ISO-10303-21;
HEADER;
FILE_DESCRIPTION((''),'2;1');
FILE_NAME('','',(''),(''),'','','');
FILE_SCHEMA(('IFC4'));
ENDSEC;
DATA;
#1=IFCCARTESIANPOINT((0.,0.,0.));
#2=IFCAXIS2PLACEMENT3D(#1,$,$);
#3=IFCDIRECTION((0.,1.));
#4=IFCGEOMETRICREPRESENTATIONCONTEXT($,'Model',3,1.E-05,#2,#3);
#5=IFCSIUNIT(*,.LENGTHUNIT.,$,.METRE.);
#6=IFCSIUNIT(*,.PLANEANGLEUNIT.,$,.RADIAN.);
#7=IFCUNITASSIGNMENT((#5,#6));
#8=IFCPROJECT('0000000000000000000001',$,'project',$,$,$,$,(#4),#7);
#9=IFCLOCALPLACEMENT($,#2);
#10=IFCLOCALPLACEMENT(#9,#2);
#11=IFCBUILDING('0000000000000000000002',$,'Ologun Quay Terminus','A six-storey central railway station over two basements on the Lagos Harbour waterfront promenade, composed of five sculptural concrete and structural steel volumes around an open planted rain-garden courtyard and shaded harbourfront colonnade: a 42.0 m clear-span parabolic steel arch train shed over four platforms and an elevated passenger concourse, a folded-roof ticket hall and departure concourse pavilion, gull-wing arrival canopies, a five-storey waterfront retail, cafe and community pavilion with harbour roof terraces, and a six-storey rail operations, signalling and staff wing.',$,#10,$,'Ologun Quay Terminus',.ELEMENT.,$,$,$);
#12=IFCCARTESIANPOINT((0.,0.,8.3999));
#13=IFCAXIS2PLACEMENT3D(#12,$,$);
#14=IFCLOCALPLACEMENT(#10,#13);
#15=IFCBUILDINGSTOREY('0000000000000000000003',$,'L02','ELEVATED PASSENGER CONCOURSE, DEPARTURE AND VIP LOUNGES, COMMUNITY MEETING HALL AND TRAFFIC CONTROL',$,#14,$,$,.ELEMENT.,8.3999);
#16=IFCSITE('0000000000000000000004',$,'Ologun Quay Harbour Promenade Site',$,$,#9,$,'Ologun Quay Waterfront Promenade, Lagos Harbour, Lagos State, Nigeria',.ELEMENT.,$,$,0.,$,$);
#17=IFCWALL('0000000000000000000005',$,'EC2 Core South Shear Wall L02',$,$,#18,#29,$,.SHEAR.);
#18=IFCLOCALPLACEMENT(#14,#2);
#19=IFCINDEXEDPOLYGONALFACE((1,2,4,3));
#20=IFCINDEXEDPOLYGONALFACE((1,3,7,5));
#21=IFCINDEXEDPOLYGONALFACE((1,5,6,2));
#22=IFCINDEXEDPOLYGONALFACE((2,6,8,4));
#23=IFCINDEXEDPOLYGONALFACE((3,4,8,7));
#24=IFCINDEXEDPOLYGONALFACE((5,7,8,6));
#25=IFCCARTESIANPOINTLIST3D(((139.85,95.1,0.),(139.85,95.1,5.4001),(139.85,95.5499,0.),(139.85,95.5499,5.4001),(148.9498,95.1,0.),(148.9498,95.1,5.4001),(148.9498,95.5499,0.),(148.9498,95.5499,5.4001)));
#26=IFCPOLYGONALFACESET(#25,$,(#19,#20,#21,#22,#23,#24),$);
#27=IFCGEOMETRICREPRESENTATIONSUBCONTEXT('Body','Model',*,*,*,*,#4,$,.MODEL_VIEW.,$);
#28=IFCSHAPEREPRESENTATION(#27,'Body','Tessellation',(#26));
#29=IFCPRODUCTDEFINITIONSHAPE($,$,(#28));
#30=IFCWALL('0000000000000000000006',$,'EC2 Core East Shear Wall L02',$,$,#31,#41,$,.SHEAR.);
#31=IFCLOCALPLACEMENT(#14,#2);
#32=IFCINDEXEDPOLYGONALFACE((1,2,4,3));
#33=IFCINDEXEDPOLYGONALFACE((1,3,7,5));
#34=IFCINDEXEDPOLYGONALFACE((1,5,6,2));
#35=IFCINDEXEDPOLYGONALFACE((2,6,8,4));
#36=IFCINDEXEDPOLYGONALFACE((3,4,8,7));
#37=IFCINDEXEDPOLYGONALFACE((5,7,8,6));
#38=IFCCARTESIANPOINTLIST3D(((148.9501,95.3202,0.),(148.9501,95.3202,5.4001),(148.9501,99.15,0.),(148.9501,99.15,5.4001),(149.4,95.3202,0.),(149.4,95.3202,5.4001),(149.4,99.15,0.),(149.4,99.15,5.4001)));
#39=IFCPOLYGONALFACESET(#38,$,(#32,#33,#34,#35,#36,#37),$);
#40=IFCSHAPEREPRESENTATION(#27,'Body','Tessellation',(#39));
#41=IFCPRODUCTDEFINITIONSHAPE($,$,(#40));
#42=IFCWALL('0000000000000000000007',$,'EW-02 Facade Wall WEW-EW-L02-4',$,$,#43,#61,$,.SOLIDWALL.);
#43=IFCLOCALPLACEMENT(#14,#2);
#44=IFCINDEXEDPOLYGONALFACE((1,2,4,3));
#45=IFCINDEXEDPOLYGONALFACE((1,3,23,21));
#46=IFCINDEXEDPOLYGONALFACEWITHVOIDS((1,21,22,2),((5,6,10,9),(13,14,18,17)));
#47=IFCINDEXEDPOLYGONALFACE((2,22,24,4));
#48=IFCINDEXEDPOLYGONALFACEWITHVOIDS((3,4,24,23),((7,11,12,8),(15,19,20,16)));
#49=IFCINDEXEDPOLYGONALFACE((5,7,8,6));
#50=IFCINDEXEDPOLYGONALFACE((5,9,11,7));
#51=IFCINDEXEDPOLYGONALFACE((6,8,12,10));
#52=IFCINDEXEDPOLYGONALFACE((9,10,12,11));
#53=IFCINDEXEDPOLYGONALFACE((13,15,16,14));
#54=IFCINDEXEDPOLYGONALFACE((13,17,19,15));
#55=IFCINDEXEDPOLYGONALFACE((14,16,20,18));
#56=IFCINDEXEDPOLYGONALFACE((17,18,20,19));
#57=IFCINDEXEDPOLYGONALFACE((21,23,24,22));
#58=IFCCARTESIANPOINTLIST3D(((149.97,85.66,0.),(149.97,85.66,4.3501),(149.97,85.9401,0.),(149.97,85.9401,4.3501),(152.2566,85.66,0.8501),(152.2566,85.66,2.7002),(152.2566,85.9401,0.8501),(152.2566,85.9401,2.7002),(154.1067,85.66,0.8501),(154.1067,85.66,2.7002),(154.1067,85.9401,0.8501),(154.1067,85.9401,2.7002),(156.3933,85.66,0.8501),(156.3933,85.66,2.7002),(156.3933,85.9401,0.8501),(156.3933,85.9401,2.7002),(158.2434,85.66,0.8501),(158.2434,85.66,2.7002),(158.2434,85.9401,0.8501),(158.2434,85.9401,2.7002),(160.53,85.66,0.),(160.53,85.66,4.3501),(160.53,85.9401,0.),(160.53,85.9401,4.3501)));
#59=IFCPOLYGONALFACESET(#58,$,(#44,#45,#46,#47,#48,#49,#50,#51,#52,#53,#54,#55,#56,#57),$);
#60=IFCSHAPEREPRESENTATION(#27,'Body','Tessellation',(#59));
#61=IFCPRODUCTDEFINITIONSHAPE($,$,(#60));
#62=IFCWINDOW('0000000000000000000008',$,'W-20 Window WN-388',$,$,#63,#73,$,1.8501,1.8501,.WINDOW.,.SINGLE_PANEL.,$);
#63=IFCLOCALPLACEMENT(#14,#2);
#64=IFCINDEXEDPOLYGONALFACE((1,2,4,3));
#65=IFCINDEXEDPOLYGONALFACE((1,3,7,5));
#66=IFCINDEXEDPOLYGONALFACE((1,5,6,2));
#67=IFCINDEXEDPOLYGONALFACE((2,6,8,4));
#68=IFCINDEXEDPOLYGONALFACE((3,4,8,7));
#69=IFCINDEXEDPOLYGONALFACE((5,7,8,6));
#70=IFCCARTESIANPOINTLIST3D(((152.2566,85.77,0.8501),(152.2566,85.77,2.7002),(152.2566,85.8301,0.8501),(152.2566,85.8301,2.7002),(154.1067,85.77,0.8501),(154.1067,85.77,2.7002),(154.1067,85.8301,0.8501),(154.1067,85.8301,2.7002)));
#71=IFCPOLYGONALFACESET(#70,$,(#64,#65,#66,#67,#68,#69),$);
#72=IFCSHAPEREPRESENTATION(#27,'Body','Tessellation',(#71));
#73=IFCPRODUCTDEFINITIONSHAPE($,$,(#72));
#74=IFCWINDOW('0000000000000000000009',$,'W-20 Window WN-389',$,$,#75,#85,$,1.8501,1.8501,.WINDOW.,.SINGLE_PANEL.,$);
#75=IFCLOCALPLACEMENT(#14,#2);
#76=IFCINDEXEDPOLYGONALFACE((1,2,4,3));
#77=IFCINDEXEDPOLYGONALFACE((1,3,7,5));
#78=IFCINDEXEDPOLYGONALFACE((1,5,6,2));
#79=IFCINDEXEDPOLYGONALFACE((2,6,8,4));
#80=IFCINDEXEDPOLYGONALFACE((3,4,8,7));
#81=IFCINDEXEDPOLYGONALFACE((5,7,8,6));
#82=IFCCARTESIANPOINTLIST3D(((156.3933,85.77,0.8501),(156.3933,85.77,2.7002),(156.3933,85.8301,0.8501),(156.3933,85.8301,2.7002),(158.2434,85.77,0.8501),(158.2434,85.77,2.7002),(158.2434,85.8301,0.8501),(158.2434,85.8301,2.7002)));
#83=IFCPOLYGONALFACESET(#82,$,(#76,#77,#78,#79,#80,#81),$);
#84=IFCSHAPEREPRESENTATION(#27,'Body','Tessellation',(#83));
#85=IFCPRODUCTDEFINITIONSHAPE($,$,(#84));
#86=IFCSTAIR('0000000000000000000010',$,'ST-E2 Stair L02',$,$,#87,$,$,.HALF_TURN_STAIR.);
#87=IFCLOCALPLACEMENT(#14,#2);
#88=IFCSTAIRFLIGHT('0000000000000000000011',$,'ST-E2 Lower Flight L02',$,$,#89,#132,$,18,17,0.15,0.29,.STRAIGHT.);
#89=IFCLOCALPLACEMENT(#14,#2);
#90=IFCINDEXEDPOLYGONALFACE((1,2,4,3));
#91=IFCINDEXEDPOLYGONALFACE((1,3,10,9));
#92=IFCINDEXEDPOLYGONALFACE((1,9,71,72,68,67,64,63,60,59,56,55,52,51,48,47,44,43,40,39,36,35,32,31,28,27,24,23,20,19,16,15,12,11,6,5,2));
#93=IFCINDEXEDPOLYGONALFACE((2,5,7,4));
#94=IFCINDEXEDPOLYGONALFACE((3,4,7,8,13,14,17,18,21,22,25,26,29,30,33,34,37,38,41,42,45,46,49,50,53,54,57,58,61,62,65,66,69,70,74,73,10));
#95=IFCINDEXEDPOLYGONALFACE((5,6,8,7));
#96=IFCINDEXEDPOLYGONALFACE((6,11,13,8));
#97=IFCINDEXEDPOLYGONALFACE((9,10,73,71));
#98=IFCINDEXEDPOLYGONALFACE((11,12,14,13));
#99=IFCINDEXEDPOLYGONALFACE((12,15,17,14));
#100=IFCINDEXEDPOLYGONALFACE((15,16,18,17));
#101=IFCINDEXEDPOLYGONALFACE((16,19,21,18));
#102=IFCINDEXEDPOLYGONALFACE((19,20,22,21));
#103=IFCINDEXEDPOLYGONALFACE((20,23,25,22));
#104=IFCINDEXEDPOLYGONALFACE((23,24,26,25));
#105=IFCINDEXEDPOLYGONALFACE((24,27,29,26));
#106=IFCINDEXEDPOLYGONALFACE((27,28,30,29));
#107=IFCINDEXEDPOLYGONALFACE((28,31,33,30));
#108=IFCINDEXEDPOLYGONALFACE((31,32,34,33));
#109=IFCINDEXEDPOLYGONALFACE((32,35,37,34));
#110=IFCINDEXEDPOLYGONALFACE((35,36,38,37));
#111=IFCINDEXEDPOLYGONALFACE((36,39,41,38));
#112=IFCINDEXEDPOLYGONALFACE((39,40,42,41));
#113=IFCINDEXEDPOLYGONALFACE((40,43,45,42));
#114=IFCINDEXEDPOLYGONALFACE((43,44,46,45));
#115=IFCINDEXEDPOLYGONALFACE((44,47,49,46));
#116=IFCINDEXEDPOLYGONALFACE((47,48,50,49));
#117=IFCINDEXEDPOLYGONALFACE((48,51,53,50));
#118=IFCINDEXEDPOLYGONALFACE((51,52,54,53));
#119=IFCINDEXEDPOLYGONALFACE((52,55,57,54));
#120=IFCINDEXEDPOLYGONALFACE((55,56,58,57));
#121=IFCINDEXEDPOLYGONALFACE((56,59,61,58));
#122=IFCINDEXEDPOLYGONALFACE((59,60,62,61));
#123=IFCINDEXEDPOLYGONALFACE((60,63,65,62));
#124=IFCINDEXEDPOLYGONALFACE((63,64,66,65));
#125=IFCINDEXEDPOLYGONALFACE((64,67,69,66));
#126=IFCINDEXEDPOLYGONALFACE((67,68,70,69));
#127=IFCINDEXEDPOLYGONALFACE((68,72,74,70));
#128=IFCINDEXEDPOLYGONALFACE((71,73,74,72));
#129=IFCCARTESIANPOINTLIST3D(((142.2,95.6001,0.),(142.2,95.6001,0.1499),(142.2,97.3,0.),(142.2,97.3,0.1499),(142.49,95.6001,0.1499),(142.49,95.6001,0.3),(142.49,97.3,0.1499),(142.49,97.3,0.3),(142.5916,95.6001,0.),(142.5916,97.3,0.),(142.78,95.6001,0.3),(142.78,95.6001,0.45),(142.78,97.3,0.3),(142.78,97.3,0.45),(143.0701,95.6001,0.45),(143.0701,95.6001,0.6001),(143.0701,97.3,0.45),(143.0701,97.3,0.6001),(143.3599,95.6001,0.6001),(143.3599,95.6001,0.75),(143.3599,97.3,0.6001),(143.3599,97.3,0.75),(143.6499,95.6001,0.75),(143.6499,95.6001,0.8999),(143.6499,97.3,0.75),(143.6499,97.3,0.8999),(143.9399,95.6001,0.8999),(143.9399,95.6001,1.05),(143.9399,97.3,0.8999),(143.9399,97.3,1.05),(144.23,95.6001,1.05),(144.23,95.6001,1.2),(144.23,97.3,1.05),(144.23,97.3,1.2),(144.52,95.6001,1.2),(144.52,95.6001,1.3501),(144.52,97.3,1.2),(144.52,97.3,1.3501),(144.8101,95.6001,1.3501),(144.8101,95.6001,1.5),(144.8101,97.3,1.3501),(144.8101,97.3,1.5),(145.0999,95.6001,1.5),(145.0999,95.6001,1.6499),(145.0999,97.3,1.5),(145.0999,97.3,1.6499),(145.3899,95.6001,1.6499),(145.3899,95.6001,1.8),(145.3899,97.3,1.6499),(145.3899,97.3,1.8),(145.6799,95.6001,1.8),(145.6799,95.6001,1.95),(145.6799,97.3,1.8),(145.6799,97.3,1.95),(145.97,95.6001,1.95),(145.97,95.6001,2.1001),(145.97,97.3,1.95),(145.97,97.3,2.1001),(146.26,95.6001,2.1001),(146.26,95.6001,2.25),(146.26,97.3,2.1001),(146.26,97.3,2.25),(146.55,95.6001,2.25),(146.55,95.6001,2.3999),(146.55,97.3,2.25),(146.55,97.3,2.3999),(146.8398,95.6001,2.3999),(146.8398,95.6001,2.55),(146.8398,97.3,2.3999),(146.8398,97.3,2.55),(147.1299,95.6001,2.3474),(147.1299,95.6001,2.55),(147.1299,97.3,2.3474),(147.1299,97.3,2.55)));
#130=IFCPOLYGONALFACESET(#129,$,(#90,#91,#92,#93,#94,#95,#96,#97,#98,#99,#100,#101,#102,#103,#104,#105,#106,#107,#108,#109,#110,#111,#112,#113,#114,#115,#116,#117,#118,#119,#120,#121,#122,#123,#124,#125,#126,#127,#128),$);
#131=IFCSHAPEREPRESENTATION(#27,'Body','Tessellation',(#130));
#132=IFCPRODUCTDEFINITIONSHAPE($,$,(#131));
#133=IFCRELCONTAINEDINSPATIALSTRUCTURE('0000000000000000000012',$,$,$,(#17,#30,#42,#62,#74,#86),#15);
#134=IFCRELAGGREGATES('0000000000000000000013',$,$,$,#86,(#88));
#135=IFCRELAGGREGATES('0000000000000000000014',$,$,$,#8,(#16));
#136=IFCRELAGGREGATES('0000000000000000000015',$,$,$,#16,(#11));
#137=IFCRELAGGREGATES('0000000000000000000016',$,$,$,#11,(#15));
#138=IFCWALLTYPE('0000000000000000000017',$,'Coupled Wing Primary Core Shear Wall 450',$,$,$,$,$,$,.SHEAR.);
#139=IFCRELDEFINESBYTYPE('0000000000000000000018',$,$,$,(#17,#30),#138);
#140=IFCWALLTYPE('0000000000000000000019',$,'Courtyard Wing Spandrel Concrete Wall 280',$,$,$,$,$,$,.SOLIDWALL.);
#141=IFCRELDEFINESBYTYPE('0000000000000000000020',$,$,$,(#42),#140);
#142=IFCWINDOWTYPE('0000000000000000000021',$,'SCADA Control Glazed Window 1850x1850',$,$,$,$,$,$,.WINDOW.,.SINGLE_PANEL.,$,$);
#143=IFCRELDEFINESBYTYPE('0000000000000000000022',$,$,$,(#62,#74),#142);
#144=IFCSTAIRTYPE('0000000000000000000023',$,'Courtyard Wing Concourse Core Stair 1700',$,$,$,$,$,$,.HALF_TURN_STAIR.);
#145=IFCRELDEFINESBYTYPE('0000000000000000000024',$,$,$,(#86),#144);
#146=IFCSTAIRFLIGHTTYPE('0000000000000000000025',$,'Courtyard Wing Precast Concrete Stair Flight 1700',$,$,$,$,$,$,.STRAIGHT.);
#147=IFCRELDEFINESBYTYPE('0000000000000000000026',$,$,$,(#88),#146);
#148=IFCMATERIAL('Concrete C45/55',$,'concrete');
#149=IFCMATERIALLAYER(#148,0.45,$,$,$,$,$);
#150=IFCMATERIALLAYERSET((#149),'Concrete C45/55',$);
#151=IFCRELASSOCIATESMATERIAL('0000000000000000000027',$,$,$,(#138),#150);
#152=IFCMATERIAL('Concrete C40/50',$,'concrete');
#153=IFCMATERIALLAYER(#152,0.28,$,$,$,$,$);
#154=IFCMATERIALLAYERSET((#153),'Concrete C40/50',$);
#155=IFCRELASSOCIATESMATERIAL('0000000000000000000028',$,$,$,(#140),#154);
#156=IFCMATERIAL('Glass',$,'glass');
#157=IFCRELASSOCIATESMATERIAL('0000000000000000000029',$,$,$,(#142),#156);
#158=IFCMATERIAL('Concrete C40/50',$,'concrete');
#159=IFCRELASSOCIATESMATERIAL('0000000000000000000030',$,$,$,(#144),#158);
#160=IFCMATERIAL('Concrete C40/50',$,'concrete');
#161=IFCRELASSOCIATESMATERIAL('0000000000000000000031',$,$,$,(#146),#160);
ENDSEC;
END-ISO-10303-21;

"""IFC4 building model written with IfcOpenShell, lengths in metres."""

from ifc_helpers import new_model, si_unit, direction, frame, frame_2d, origin, place, context, subcontext, project, spatial, polyline, rectangle, outline, extrude, material, layer, layer_set, type_object, element, fill, aggregate, save


model = new_model("IFC4")

# Units and contexts
model_context = context("Model", 3, precision=1e-05, world=origin(), true_north=direction((0.0, 1.0)))
body_context = subcontext(model_context, "Body", "Model", "MODEL_VIEW")
ifc_project = project(units=[si_unit("LENGTHUNIT", "METRE"), si_unit("PLANEANGLEUNIT", "RADIAN")], contexts=[model_context])

# Site, building, storey
site_placement = place(None, origin())
site = spatial("IfcSite", under=ifc_project, at=site_placement, Name="Ologun Quay Harbour Promenade Site", LongName="Ologun Quay Waterfront Promenade, Lagos Harbour, Lagos State, Nigeria", CompositionType="ELEMENT", RefElevation=0.0)
building_placement = place(site_placement, origin())
building = spatial("IfcBuilding", under=site, at=building_placement, Name="Ologun Quay Terminus", Description="A six-storey central railway station over two basements on the Lagos Harbour waterfront promenade, composed of five sculptural concrete and structural steel volumes around an open planted rain-garden courtyard and shaded harbourfront colonnade: a 42.0 m clear-span parabolic steel arch train shed over four platforms and an elevated passenger concourse, a folded-roof ticket hall and departure concourse pavilion, gull-wing arrival canopies, a five-storey waterfront retail, cafe and community pavilion with harbour roof terraces, and a six-storey rail operations, signalling and staff wing.", LongName="Ologun Quay Terminus", CompositionType="ELEMENT")
storey_placement = place(building_placement, frame((0.0, 0.0, 8.3999)))
storey = spatial("IfcBuildingStorey", under=building, at=storey_placement, Name="L02", Description="ELEVATED PASSENGER CONCOURSE, DEPARTURE AND VIP LOUNGES, COMMUNITY MEETING HALL AND TRAFFIC CONTROL", CompositionType="ELEMENT", Elevation=8.3999)

# Walls
ifc_material_1 = material(Name="Concrete C45/55", Category="concrete")
ifc_layer_1 = layer(ifc_material_1, 0.45)
ifc_layer_set_1 = layer_set([ifc_layer_1], Name="Concrete C45/55")
wall_type_1 = type_object("IfcWallType", Name="Coupled Wing Primary Core Shear Wall 450", PredefinedType="SHEAR", material=ifc_layer_set_1)
wall_1_placement = place(storey_placement, frame((139.8501, 95.325, 0.0), z_axis=(0.0, 0.0, 1.0), x_axis=(1.0, 0.0, 0.0)))
element("IfcWall", 1, at=wall_1_placement, inside=storey, type_object=wall_type_1, Name="EC2 Core South Shear Wall L02", PredefinedType="SHEAR", context=body_context, shape_type="SweptSolid", body=[
    extrude(rectangle(XDim=9.0999, YDim=0.45, at=frame_2d((4.5498, 0.0))), origin(), (0.0, 0.0, 1.0), 5.4001),
])
wall_2_placement = place(storey_placement, frame((149.175, 95.3201, 0.0), z_axis=(0.0, 0.0, 1.0), x_axis=(0.0, 1.0, 0.0)))
element("IfcWall", 2, at=wall_2_placement, inside=storey, type_object=wall_type_1, Name="EC2 Core East Shear Wall L02", PredefinedType="SHEAR", context=body_context, shape_type="SweptSolid", body=[
    extrude(rectangle(XDim=3.8298, YDim=0.45, at=frame_2d((1.915, 0.0))), origin(), (0.0, 0.0, 1.0), 5.4001),
])

# Wall, openings, windows
ifc_material_2 = material(Name="Concrete C40/50", Category="concrete")
ifc_layer_2 = layer(ifc_material_2, 0.28)
ifc_layer_set_2 = layer_set([ifc_layer_2], Name="Concrete C40/50")
wall_type_2 = type_object("IfcWallType", Name="Courtyard Wing Spandrel Concrete Wall 280", PredefinedType="SOLIDWALL", material=ifc_layer_set_2)
wall_3_placement = place(storey_placement, frame((149.97, 85.8, 0.0), z_axis=(0.0, 0.0, 1.0), x_axis=(1.0, 0.0, 0.0)))
wall_3 = element("IfcWall", 3, at=wall_3_placement, inside=storey, type_object=wall_type_2, Name="EW-02 Facade Wall WEW-EW-L02-4", PredefinedType="SOLIDWALL", context=body_context, shape_type="SweptSolid", body=[
    extrude(rectangle(XDim=10.5601, YDim=0.28, at=frame_2d((5.28, 0.0))), origin(), (0.0, 0.0, 1.0), 4.3501),
])
opening_1_placement = place(wall_3_placement, frame((2.2866, 0.0, 0.8501)))
opening_1 = element("IfcOpeningElement", 4, at=opening_1_placement, cuts=wall_3, PredefinedType="OPENING", context=body_context, shape_type="SweptSolid", body=[
    extrude(rectangle(XDim=1.8501, YDim=1.8501, at=frame_2d((0.925, 0.925))), frame((0.0, 0.1499, 0.0), z_axis=(0.0, -1.0, 0.0), x_axis=(1.0, 0.0, 0.0)), (0.0, 0.0, 1.0), 0.3),
])
opening_2_placement = place(wall_3_placement, frame((6.4233, 0.0, 0.8501)))
opening_2 = element("IfcOpeningElement", 5, at=opening_2_placement, cuts=wall_3, PredefinedType="OPENING", context=body_context, shape_type="SweptSolid", body=[
    extrude(rectangle(XDim=1.8501, YDim=1.8501, at=frame_2d((0.925, 0.925))), frame((0.0, 0.1499, 0.0), z_axis=(0.0, -1.0, 0.0), x_axis=(1.0, 0.0, 0.0)), (0.0, 0.0, 1.0), 0.3),
])
ifc_material_3 = material(Name="Glass", Category="glass")
window_type = type_object("IfcWindowType", Name="SCADA Control Glazed Window 1850x1850", PartitioningType="SINGLE_PANEL", PredefinedType="WINDOW", material=ifc_material_3)
window_1_placement = place(opening_1_placement, origin())
window_1 = element("IfcWindow", 6, at=window_1_placement, inside=storey, type_object=window_type, Name="W-20 Window WN-388", OverallHeight=1.8501, OverallWidth=1.8501, PartitioningType="SINGLE_PANEL", PredefinedType="WINDOW", context=body_context, shape_type="SweptSolid", body=[
    extrude(rectangle(XDim=1.8501, YDim=1.8501, at=frame_2d((0.925, 0.925))), frame((0.0, 0.03, 0.0), z_axis=(0.0, -1.0, 0.0), x_axis=(1.0, 0.0, 0.0)), (0.0, 0.0, 1.0), 0.0601),
])
fill(opening_1, window_1)
window_2_placement = place(opening_2_placement, origin())
window_2 = element("IfcWindow", 7, at=window_2_placement, inside=storey, type_object=window_type, Name="W-20 Window WN-389", OverallHeight=1.8501, OverallWidth=1.8501, PartitioningType="SINGLE_PANEL", PredefinedType="WINDOW", context=body_context, shape_type="SweptSolid", body=[
    extrude(rectangle(XDim=1.8501, YDim=1.8501, at=frame_2d((0.925, 0.925))), frame((0.0, 0.03, 0.0), z_axis=(0.0, -1.0, 0.0), x_axis=(1.0, 0.0, 0.0)), (0.0, 0.0, 1.0), 0.0601),
])
fill(opening_2, window_2)

# Stair, stair flight
ifc_material_4 = material(Name="Concrete C40/50", Category="concrete")
stair_type = type_object("IfcStairType", Name="Courtyard Wing Concourse Core Stair 1700", PredefinedType="HALF_TURN_STAIR", material=ifc_material_4)
stair_placement = place(storey_placement, origin())
stair = element("IfcStair", 8, at=stair_placement, inside=storey, type_object=stair_type, Name="ST-E2 Stair L02", PredefinedType="HALF_TURN_STAIR")
ifc_material_5 = material(Name="Concrete C40/50", Category="concrete")
stair_flight_type = type_object("IfcStairFlightType", Name="Courtyard Wing Precast Concrete Stair Flight 1700", PredefinedType="STRAIGHT", material=ifc_material_5)
stair_flight_placement = place(storey_placement, frame((142.2, 96.45, 0.0), z_axis=(0.0, 0.0, 1.0), x_axis=(1.0, 0.0, 0.0)))
stair_flight = element("IfcStairFlight", 9, at=stair_flight_placement, type_object=stair_flight_type, Name="ST-E2 Lower Flight L02", NumberOfRisers=18, NumberOfTreads=17, PredefinedType="STRAIGHT", RiserHeight=0.15, TreadLength=0.29, context=body_context, shape_type="SweptSolid", body=[
    extrude(outline(polyline([(0.0, 0.0), (0.0, 0.1499), (0.29, 0.1499), (0.29, 0.3), (0.5801, 0.3), (0.5801, 0.45), (0.8701, 0.45), (0.8701, 0.6001), (1.1599, 0.6001), (1.1599, 0.75), (1.45, 0.75), (1.45, 0.8999), (1.74, 0.8999), (1.74, 1.05), (2.03, 1.05), (2.03, 1.2), (2.3201, 1.2), (2.3201, 1.3501), (2.6101, 1.3501), (2.6101, 1.5), (2.8999, 1.5), (2.8999, 1.6499), (3.1899, 1.6499), (3.1899, 1.8), (3.48, 1.8), (3.48, 1.95), (3.77, 1.95), (3.77, 2.1001), (4.0601, 2.1001), (4.0601, 2.25), (4.3501, 2.25), (4.3501, 2.3999), (4.6399, 2.3999), (4.6399, 2.55), (4.9299, 2.55), (4.9299, 2.7), (4.9299, 2.3474), (0.3916, 0.0), (0.0, 0.0)])), frame((0.0, 0.8501, 0.0), z_axis=(0.0, -1.0, 0.0), x_axis=(1.0, 0.0, 0.0)), (0.0, 0.0, 1.0), 1.7),
])
aggregate(stair, [stair_flight])

save(model, "model.ifc")
